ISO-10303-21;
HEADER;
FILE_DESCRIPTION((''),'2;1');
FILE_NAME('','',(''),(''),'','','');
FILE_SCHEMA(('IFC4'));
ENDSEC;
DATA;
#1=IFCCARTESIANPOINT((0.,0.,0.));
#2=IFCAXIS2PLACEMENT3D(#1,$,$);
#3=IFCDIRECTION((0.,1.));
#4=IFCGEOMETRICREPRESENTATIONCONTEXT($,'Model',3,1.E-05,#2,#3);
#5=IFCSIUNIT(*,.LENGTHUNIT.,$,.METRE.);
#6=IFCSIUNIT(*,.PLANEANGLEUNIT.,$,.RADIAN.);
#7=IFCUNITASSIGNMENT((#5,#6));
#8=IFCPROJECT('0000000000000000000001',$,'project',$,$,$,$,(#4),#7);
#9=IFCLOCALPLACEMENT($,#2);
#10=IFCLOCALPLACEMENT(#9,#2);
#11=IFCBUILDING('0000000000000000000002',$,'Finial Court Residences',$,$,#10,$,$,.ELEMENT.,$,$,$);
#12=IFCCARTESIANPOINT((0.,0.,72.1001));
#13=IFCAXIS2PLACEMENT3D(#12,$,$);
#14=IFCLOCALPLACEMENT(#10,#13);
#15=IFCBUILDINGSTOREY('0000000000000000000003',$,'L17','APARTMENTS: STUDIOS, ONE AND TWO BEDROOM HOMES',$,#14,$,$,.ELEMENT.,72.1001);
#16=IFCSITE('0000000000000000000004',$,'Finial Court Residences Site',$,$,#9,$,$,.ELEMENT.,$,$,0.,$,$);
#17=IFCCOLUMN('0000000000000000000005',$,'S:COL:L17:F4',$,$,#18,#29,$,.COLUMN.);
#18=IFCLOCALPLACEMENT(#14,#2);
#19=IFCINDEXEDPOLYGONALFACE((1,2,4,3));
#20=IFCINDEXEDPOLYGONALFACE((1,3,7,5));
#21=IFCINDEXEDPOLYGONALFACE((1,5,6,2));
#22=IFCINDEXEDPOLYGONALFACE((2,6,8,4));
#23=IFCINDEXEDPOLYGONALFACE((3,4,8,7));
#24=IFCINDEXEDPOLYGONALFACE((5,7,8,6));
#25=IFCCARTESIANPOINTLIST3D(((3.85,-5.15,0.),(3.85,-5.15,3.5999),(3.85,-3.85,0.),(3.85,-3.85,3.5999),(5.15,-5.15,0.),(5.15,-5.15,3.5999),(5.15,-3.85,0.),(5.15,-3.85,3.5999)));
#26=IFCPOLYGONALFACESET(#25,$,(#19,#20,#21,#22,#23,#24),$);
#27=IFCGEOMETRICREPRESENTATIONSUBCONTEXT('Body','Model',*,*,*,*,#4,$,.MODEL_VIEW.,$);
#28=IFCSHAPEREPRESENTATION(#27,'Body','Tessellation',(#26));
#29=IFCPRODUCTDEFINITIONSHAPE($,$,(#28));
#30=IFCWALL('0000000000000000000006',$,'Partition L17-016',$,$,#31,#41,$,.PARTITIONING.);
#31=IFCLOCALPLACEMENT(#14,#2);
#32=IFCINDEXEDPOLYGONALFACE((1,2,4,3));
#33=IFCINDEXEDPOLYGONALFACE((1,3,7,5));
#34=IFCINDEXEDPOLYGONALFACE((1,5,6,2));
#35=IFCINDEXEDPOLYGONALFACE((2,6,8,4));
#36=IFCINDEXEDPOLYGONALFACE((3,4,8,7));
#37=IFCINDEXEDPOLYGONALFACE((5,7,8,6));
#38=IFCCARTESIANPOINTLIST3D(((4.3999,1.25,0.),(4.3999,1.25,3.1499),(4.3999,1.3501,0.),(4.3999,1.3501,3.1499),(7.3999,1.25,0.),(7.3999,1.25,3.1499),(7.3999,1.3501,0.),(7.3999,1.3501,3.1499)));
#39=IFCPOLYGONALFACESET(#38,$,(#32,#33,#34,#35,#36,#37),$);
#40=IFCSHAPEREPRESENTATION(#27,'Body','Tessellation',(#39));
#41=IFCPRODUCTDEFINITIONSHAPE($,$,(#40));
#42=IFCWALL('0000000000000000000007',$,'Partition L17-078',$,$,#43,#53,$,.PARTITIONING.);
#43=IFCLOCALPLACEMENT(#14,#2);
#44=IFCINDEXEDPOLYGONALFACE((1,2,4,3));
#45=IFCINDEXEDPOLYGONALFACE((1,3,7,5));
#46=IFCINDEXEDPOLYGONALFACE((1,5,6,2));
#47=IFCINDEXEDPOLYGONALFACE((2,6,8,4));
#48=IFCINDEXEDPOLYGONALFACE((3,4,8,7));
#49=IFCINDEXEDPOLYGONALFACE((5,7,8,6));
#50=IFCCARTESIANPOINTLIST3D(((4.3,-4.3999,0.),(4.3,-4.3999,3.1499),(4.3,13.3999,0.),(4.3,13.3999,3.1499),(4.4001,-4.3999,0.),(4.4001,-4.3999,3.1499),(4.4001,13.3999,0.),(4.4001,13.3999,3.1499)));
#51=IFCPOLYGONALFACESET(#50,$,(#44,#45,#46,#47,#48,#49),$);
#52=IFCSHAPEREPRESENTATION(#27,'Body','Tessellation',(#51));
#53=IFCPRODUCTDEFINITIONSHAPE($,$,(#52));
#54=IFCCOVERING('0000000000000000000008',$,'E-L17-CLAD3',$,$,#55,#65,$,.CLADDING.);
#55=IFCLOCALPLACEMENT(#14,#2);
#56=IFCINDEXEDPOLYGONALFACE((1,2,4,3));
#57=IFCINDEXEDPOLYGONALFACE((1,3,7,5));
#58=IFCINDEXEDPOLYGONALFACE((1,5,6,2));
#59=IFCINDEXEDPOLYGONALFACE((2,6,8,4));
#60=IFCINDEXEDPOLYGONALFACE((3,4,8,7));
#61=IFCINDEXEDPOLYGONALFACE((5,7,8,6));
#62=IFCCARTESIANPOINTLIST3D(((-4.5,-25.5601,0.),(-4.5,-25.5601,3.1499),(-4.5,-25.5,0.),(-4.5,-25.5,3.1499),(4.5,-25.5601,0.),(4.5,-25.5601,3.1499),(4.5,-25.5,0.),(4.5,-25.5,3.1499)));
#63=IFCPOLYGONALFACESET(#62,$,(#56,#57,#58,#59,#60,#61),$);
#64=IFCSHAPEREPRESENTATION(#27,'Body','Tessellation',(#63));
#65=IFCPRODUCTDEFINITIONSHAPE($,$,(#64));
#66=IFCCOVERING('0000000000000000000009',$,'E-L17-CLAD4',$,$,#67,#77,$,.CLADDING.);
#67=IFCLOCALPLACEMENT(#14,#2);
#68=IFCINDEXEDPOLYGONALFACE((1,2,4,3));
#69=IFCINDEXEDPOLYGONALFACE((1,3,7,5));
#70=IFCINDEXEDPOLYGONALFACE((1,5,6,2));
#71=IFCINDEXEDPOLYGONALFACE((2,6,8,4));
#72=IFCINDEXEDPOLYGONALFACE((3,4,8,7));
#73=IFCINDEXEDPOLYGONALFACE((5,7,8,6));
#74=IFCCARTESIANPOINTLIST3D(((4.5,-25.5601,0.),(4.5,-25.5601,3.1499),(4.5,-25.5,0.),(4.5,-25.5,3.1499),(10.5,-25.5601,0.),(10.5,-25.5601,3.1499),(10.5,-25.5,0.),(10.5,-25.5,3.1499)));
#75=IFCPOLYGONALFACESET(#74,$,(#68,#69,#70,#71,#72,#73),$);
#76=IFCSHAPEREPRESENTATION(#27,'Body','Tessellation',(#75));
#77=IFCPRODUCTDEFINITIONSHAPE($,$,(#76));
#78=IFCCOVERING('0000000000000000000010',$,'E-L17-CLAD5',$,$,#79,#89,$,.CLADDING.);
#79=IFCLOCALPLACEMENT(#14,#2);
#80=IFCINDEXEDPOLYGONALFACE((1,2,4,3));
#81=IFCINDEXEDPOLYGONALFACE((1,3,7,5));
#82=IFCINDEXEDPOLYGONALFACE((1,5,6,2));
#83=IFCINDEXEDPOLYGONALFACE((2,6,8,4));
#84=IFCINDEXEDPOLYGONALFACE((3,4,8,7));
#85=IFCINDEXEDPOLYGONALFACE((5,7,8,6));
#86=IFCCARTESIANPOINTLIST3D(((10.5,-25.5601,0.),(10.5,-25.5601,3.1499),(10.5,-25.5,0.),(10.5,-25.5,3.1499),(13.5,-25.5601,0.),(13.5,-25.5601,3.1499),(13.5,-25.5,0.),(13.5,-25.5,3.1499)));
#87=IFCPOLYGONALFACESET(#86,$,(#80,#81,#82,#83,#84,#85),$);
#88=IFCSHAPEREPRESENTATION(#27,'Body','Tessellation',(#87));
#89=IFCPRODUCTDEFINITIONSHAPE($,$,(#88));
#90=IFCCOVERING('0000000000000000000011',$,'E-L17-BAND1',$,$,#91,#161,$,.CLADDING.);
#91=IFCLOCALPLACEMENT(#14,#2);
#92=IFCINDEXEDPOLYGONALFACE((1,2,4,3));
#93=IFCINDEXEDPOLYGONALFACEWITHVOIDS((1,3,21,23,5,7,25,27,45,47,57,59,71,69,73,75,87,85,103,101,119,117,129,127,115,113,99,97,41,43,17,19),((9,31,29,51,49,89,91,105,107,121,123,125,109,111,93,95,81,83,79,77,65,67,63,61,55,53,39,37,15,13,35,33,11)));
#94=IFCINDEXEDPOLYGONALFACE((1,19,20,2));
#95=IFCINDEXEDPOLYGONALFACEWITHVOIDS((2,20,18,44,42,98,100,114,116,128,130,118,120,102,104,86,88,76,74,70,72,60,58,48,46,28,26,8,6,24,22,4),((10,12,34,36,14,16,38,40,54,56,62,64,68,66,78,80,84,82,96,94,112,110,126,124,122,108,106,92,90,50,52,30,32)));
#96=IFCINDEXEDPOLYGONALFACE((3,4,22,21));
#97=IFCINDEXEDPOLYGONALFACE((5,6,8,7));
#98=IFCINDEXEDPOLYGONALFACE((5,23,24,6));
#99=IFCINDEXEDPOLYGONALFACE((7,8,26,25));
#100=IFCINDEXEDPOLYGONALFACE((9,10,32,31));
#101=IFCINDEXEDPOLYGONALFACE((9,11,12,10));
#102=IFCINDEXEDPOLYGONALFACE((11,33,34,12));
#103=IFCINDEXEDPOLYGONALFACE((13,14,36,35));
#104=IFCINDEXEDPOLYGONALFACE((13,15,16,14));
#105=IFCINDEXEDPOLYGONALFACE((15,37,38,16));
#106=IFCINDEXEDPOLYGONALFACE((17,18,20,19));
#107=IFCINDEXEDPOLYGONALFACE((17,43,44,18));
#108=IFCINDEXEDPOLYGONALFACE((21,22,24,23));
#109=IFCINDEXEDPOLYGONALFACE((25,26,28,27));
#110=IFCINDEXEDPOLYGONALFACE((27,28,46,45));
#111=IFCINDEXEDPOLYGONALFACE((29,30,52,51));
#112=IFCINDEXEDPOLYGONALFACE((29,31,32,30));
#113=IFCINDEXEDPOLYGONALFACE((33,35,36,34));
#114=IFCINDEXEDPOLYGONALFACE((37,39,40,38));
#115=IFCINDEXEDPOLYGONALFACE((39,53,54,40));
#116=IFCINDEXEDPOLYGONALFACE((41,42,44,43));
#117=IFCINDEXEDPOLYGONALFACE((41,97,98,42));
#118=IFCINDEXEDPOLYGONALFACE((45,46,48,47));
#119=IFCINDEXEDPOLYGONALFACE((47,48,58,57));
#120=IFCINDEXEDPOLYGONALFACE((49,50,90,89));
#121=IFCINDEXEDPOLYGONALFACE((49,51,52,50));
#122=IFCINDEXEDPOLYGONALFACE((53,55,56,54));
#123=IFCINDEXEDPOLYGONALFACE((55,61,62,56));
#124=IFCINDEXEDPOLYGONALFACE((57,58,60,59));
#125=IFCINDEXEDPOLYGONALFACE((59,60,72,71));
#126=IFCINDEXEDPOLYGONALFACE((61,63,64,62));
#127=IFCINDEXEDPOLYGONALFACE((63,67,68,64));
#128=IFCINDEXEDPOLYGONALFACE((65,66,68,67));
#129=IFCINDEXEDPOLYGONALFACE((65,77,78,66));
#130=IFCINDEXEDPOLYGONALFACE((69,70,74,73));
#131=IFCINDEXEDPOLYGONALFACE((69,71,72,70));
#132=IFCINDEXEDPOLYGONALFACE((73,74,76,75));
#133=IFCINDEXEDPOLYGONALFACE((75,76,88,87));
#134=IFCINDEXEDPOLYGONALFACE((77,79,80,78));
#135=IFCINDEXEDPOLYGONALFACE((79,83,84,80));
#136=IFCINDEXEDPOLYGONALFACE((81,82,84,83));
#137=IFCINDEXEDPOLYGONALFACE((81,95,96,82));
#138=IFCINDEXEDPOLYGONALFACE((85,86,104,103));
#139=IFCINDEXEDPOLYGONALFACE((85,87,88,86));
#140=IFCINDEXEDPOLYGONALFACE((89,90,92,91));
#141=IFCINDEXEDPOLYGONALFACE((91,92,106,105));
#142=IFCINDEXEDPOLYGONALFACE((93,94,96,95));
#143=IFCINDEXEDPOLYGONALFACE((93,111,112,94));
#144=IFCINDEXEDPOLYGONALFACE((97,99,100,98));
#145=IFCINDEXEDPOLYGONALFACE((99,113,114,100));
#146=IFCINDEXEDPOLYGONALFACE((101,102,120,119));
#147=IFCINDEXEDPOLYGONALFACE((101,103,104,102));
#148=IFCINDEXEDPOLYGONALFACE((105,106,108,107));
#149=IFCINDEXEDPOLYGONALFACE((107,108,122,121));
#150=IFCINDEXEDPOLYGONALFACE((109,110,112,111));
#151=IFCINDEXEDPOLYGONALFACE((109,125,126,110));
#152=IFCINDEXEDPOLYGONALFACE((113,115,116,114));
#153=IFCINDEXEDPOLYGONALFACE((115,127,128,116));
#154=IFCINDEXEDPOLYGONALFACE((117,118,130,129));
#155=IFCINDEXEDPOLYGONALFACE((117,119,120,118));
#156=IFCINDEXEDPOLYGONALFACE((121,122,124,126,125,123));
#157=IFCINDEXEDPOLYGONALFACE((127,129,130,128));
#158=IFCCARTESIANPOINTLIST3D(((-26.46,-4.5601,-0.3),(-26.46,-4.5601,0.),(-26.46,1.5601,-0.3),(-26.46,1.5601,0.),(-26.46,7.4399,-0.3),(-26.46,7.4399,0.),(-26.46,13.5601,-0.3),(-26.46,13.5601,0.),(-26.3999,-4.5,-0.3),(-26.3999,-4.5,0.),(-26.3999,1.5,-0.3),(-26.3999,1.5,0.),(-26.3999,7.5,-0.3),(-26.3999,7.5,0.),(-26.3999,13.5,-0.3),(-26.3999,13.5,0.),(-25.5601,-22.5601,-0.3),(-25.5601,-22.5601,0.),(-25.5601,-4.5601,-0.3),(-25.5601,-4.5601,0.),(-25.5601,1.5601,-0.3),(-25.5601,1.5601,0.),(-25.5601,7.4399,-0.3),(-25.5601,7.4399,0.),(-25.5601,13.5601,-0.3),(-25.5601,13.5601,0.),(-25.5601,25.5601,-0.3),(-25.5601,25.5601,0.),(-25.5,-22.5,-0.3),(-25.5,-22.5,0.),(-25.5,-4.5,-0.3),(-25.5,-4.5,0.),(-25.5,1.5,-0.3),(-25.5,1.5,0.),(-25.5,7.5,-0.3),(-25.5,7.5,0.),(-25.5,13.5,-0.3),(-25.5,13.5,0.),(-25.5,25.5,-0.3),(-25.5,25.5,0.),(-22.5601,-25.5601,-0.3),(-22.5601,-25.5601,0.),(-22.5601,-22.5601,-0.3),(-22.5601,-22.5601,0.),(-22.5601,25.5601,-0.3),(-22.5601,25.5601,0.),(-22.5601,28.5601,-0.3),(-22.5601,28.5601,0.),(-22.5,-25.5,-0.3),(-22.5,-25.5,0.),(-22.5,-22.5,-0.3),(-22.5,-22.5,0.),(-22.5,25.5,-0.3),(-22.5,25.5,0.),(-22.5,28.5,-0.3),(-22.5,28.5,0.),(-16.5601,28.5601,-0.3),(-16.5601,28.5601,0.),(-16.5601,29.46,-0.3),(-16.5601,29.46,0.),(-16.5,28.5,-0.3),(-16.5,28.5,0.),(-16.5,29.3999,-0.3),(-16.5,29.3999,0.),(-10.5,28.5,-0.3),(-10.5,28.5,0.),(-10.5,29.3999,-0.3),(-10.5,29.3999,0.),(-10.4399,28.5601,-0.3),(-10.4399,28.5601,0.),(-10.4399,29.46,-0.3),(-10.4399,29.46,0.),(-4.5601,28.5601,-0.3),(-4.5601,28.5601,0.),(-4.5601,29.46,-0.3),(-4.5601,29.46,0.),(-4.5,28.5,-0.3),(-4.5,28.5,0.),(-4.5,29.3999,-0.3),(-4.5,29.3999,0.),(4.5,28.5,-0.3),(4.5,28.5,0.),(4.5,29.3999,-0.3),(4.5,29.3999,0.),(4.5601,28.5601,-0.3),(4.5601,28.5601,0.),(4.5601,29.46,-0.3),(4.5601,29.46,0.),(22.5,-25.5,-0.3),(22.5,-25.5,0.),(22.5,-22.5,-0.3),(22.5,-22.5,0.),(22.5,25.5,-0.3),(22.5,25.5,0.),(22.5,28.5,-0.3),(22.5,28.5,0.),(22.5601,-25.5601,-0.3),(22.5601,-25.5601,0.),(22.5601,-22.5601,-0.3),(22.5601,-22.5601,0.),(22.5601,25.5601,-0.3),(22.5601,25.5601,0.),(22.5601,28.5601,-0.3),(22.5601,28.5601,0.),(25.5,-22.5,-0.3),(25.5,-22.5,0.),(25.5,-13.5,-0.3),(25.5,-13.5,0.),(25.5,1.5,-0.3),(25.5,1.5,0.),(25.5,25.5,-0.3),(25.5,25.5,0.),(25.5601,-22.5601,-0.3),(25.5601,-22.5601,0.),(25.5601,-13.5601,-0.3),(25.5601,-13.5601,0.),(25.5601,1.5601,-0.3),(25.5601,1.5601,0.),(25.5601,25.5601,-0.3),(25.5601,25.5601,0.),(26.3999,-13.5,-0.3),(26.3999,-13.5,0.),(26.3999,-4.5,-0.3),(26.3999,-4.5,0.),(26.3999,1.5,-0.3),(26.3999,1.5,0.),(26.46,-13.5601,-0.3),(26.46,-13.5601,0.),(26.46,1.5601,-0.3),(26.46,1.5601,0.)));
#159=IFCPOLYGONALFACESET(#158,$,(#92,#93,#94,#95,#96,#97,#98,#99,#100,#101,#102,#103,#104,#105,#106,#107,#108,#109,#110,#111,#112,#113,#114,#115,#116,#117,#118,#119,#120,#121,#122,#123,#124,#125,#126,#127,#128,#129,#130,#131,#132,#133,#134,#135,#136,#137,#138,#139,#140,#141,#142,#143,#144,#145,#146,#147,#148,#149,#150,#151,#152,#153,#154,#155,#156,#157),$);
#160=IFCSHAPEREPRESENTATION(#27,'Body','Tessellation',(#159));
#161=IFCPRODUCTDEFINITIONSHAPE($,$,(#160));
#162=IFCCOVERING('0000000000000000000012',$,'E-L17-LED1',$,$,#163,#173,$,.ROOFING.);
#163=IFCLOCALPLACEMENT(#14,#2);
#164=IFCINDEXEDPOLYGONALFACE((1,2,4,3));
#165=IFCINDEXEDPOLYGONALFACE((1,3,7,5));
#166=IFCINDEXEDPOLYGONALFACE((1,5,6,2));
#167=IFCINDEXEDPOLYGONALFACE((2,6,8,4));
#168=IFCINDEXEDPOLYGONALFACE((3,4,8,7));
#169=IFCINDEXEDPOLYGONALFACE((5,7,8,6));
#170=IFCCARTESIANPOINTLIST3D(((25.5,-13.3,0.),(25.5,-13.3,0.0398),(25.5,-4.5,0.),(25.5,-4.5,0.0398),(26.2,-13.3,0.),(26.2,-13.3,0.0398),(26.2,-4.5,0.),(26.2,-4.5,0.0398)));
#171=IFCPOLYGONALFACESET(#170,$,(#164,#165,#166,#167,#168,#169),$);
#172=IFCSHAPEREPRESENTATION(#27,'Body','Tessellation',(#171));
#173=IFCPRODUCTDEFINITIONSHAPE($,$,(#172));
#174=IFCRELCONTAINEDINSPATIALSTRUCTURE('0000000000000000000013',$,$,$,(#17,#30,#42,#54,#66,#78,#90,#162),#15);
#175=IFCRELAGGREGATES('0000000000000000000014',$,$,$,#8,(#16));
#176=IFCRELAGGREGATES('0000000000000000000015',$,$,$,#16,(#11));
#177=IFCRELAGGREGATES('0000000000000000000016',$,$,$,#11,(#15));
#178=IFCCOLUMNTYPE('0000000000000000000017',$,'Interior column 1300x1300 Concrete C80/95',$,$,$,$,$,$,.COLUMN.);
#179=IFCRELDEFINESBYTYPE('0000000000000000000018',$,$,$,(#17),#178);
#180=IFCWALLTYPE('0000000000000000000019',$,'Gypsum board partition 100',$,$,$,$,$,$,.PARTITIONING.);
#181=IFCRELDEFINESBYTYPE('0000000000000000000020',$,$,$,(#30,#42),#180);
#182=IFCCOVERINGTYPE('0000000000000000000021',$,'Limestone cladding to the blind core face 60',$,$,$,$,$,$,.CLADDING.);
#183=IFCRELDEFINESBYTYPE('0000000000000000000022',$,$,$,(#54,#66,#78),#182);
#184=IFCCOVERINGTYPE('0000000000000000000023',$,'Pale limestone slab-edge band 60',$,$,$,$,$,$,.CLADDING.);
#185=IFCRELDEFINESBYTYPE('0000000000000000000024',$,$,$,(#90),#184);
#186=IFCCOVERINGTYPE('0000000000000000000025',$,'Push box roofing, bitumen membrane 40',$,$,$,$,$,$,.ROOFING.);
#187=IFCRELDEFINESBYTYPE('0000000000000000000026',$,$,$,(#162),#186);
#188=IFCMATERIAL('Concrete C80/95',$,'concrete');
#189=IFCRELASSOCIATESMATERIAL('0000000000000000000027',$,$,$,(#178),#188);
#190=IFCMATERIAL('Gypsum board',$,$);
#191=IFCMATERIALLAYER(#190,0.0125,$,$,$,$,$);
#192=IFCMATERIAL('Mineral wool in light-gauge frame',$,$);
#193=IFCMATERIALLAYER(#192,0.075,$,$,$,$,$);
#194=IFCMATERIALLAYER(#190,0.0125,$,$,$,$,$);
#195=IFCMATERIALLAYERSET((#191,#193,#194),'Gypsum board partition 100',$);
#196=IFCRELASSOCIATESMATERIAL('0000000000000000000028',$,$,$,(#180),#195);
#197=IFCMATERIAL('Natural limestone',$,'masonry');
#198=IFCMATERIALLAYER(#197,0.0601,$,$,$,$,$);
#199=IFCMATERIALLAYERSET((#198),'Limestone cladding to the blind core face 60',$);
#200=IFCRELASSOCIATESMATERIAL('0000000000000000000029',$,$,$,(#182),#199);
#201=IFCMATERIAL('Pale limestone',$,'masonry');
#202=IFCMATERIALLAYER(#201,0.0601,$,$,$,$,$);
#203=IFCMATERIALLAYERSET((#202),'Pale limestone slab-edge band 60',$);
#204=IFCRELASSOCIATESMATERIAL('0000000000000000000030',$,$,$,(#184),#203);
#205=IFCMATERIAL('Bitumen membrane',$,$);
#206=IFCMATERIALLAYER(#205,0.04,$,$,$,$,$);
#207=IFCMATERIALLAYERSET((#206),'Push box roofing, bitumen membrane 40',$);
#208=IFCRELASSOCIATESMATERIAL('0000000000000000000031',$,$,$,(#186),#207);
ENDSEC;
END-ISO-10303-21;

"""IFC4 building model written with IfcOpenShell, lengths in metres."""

from ifc_helpers import new_model, si_unit, direction, frame, frame_2d, origin, origin_2d, place, context, subcontext, project, spatial, polyline, rectangle, outline, extrude, material, layer, layer_set, material_profile, profile_set, type_object, element, save


model = new_model("IFC4")

# Units and contexts
model_context = context("Model", 3, precision=1e-05, world=origin(), true_north=direction((0.0, 1.0)))
body_context = subcontext(model_context, "Body", "Model", "MODEL_VIEW")
ifc_project = project(units=[si_unit("LENGTHUNIT", "METRE"), si_unit("PLANEANGLEUNIT", "RADIAN")], contexts=[model_context])

# Site, building, storey
site_placement = place(None, origin())
site = spatial("IfcSite", under=ifc_project, at=site_placement, Name="Finial Court Residences Site", CompositionType="ELEMENT", RefElevation=0.0)
building_placement = place(site_placement, origin())
building = spatial("IfcBuilding", under=site, at=building_placement, Name="Finial Court Residences", CompositionType="ELEMENT")
storey_placement = place(building_placement, frame((0.0, 0.0, 72.1001)))
storey = spatial("IfcBuildingStorey", under=building, at=storey_placement, Name="L17", Description="APARTMENTS: STUDIOS, ONE AND TWO BEDROOM HOMES", CompositionType="ELEMENT", Elevation=72.1001)

# Column
ifc_material_1 = material(Name="Concrete C80/95", Category="concrete")
ifc_material_profile = material_profile(ifc_material_1, rectangle(XDim=1.3, YDim=1.3, at=origin_2d()), Name="1300x1300")
ifc_profile_set = profile_set([ifc_material_profile], Name="Concrete C80/95")
column_type = type_object("IfcColumnType", Name="Interior column 1300x1300 Concrete C80/95", PredefinedType="COLUMN", material=ifc_profile_set)
column_placement = place(storey_placement, frame((4.5, -4.5, 0.0), z_axis=(0.0, 0.0, 1.0), x_axis=(1.0, 0.0, 0.0)))
element("IfcColumn", 1, at=column_placement, inside=storey, type_object=column_type, Name="S:COL:L17:F4", PredefinedType="COLUMN", context=body_context, shape_type="SweptSolid", body=[
    extrude(rectangle(XDim=1.3, YDim=1.3, at=origin_2d()), origin(), (0.0, 0.0, 1.0), 3.5999),
])

# Walls
ifc_material_2 = material(Name="Gypsum board")
ifc_layer_1 = layer(ifc_material_2, 0.0125)
ifc_material_3 = material(Name="Mineral wool in light-gauge frame")
ifc_layer_2 = layer(ifc_material_3, 0.075)
ifc_layer_3 = layer(ifc_material_2, 0.0125)
ifc_layer_set_1 = layer_set([ifc_layer_1, ifc_layer_2, ifc_layer_3], Name="Gypsum board partition 100")
wall_type = type_object("IfcWallType", Name="Gypsum board partition 100", PredefinedType="PARTITIONING", material=ifc_layer_set_1)
wall_1_placement = place(storey_placement, frame((4.3999, 1.3, 0.0), z_axis=(0.0, 0.0, 1.0), x_axis=(1.0, 0.0, 0.0)))
element("IfcWall", 2, at=wall_1_placement, inside=storey, type_object=wall_type, Name="Partition L17-016", PredefinedType="PARTITIONING", context=body_context, shape_type="SweptSolid", body=[
    extrude(rectangle(XDim=3.0, YDim=0.1001, at=frame_2d((1.5, 0.0))), origin(), (0.0, 0.0, 1.0), 3.1499),
])
wall_2_placement = place(storey_placement, frame((4.3501, -4.3999, 0.0), z_axis=(0.0, 0.0, 1.0), x_axis=(0.0, 1.0, 0.0)))
element("IfcWall", 3, at=wall_2_placement, inside=storey, type_object=wall_type, Name="Partition L17-078", PredefinedType="PARTITIONING", context=body_context, shape_type="SweptSolid", body=[
    extrude(rectangle(XDim=17.7998, YDim=0.1001, at=frame_2d((8.8999, 0.0))), origin(), (0.0, 0.0, 1.0), 3.1499),
])

# Coverings
ifc_material_4 = material(Name="Natural limestone", Category="masonry")
ifc_layer_4 = layer(ifc_material_4, 0.0601)
ifc_layer_set_2 = layer_set([ifc_layer_4], Name="Limestone cladding to the blind core face 60")
covering_type_1 = type_object("IfcCoveringType", Name="Limestone cladding to the blind core face 60", PredefinedType="CLADDING", material=ifc_layer_set_2)
covering_1_placement = place(storey_placement, origin())
element("IfcCovering", 4, at=covering_1_placement, inside=storey, type_object=covering_type_1, Name="E-L17-CLAD3", PredefinedType="CLADDING", context=body_context, shape_type="SweptSolid", body=[
    extrude(outline(polyline([(4.5, -25.5601), (4.5, -25.5), (-4.5, -25.5), (-4.5, -25.5601), (4.5, -25.5601)])), origin(), (0.0, 0.0, 1.0), 3.1499),
])
covering_2_placement = place(storey_placement, origin())
element("IfcCovering", 5, at=covering_2_placement, inside=storey, type_object=covering_type_1, Name="E-L17-CLAD4", PredefinedType="CLADDING", context=body_context, shape_type="SweptSolid", body=[
    extrude(outline(polyline([(10.5, -25.5601), (10.5, -25.5), (4.5, -25.5), (4.5, -25.5601), (10.5, -25.5601)])), origin(), (0.0, 0.0, 1.0), 3.1499),
])
covering_3_placement = place(storey_placement, origin())
element("IfcCovering", 6, at=covering_3_placement, inside=storey, type_object=covering_type_1, Name="E-L17-CLAD5", PredefinedType="CLADDING", context=body_context, shape_type="SweptSolid", body=[
    extrude(outline(polyline([(13.5, -25.5601), (13.5, -25.5), (10.5, -25.5), (10.5, -25.5601), (13.5, -25.5601)])), origin(), (0.0, 0.0, 1.0), 3.1499),
])
ifc_material_5 = material(Name="Pale limestone", Category="masonry")
ifc_layer_5 = layer(ifc_material_5, 0.0601)
ifc_layer_set_3 = layer_set([ifc_layer_5], Name="Pale limestone slab-edge band 60")
covering_type_2 = type_object("IfcCoveringType", Name="Pale limestone slab-edge band 60", PredefinedType="CLADDING", material=ifc_layer_set_3)
covering_4_placement = place(storey_placement, frame((0.0, 0.0, -0.3)))
element("IfcCovering", 7, at=covering_4_placement, inside=storey, type_object=covering_type_2, Name="E-L17-BAND1", PredefinedType="CLADDING", context=body_context, shape_type="SweptSolid", body=[
    extrude(outline(polyline([(25.5601, -13.5601), (25.5601, -22.5601), (22.5601, -22.5601), (22.5601, -25.5601), (-22.5601, -25.5601), (-22.5601, -22.5601), (-25.5601, -22.5601), (-25.5601, -4.5601), (-26.46, -4.5601), (-26.46, 1.5601), (-25.5601, 1.5601), (-25.5601, 7.4399), (-26.46, 7.4399), (-26.46, 13.5601), (-25.5601, 13.5601), (-25.5601, 25.5601), (-22.5601, 25.5601), (-22.5601, 28.5601), (-16.5601, 28.5601), (-16.5601, 29.46), (-10.4399, 29.46), (-10.4399, 28.5601), (-4.5601, 28.5601), (-4.5601, 29.46), (4.5601, 29.46), (4.5601, 28.5601), (22.5601, 28.5601), (22.5601, 25.5601), (25.5601, 25.5601), (25.5601, 1.5601), (26.46, 1.5601), (26.46, -13.5601), (25.5601, -13.5601)]), holes=[polyline([(26.3999, -4.5), (26.3999, 1.5), (25.5, 1.5), (25.5, 25.5), (22.5, 25.5), (22.5, 28.5), (4.5, 28.5), (4.5, 29.3999), (-4.5, 29.3999), (-4.5, 28.5), (-10.5, 28.5), (-10.5, 29.3999), (-16.5, 29.3999), (-16.5, 28.5), (-22.5, 28.5), (-22.5, 25.5), (-25.5, 25.5), (-25.5, 13.5), (-26.3999, 13.5), (-26.3999, 7.5), (-25.5, 7.5), (-25.5, 1.5), (-26.3999, 1.5), (-26.3999, -4.5), (-25.5, -4.5), (-25.5, -22.5), (-22.5, -22.5), (-22.5, -25.5), (22.5, -25.5), (22.5, -22.5), (25.5, -22.5), (25.5, -13.5), (26.3999, -13.5), (26.3999, -4.5)])]), origin(), (0.0, 0.0, 1.0), 0.3),
])
ifc_material_6 = material(Name="Bitumen membrane")
ifc_layer_6 = layer(ifc_material_6, 0.04)
ifc_layer_set_4 = layer_set([ifc_layer_6], Name="Push box roofing, bitumen membrane 40")
covering_type_3 = type_object("IfcCoveringType", Name="Push box roofing, bitumen membrane 40", PredefinedType="ROOFING", material=ifc_layer_set_4)
covering_5_placement = place(storey_placement, origin())
element("IfcCovering", 8, at=covering_5_placement, inside=storey, type_object=covering_type_3, Name="E-L17-LED1", PredefinedType="ROOFING", context=body_context, shape_type="SweptSolid", body=[
    extrude(outline(polyline([(26.2, -4.5), (26.2, -13.3), (25.5, -13.3), (25.5, -4.5), (26.2, -4.5)])), origin(), (0.0, 0.0, 1.0), 0.0398),
])

save(model, "model.ifc")
